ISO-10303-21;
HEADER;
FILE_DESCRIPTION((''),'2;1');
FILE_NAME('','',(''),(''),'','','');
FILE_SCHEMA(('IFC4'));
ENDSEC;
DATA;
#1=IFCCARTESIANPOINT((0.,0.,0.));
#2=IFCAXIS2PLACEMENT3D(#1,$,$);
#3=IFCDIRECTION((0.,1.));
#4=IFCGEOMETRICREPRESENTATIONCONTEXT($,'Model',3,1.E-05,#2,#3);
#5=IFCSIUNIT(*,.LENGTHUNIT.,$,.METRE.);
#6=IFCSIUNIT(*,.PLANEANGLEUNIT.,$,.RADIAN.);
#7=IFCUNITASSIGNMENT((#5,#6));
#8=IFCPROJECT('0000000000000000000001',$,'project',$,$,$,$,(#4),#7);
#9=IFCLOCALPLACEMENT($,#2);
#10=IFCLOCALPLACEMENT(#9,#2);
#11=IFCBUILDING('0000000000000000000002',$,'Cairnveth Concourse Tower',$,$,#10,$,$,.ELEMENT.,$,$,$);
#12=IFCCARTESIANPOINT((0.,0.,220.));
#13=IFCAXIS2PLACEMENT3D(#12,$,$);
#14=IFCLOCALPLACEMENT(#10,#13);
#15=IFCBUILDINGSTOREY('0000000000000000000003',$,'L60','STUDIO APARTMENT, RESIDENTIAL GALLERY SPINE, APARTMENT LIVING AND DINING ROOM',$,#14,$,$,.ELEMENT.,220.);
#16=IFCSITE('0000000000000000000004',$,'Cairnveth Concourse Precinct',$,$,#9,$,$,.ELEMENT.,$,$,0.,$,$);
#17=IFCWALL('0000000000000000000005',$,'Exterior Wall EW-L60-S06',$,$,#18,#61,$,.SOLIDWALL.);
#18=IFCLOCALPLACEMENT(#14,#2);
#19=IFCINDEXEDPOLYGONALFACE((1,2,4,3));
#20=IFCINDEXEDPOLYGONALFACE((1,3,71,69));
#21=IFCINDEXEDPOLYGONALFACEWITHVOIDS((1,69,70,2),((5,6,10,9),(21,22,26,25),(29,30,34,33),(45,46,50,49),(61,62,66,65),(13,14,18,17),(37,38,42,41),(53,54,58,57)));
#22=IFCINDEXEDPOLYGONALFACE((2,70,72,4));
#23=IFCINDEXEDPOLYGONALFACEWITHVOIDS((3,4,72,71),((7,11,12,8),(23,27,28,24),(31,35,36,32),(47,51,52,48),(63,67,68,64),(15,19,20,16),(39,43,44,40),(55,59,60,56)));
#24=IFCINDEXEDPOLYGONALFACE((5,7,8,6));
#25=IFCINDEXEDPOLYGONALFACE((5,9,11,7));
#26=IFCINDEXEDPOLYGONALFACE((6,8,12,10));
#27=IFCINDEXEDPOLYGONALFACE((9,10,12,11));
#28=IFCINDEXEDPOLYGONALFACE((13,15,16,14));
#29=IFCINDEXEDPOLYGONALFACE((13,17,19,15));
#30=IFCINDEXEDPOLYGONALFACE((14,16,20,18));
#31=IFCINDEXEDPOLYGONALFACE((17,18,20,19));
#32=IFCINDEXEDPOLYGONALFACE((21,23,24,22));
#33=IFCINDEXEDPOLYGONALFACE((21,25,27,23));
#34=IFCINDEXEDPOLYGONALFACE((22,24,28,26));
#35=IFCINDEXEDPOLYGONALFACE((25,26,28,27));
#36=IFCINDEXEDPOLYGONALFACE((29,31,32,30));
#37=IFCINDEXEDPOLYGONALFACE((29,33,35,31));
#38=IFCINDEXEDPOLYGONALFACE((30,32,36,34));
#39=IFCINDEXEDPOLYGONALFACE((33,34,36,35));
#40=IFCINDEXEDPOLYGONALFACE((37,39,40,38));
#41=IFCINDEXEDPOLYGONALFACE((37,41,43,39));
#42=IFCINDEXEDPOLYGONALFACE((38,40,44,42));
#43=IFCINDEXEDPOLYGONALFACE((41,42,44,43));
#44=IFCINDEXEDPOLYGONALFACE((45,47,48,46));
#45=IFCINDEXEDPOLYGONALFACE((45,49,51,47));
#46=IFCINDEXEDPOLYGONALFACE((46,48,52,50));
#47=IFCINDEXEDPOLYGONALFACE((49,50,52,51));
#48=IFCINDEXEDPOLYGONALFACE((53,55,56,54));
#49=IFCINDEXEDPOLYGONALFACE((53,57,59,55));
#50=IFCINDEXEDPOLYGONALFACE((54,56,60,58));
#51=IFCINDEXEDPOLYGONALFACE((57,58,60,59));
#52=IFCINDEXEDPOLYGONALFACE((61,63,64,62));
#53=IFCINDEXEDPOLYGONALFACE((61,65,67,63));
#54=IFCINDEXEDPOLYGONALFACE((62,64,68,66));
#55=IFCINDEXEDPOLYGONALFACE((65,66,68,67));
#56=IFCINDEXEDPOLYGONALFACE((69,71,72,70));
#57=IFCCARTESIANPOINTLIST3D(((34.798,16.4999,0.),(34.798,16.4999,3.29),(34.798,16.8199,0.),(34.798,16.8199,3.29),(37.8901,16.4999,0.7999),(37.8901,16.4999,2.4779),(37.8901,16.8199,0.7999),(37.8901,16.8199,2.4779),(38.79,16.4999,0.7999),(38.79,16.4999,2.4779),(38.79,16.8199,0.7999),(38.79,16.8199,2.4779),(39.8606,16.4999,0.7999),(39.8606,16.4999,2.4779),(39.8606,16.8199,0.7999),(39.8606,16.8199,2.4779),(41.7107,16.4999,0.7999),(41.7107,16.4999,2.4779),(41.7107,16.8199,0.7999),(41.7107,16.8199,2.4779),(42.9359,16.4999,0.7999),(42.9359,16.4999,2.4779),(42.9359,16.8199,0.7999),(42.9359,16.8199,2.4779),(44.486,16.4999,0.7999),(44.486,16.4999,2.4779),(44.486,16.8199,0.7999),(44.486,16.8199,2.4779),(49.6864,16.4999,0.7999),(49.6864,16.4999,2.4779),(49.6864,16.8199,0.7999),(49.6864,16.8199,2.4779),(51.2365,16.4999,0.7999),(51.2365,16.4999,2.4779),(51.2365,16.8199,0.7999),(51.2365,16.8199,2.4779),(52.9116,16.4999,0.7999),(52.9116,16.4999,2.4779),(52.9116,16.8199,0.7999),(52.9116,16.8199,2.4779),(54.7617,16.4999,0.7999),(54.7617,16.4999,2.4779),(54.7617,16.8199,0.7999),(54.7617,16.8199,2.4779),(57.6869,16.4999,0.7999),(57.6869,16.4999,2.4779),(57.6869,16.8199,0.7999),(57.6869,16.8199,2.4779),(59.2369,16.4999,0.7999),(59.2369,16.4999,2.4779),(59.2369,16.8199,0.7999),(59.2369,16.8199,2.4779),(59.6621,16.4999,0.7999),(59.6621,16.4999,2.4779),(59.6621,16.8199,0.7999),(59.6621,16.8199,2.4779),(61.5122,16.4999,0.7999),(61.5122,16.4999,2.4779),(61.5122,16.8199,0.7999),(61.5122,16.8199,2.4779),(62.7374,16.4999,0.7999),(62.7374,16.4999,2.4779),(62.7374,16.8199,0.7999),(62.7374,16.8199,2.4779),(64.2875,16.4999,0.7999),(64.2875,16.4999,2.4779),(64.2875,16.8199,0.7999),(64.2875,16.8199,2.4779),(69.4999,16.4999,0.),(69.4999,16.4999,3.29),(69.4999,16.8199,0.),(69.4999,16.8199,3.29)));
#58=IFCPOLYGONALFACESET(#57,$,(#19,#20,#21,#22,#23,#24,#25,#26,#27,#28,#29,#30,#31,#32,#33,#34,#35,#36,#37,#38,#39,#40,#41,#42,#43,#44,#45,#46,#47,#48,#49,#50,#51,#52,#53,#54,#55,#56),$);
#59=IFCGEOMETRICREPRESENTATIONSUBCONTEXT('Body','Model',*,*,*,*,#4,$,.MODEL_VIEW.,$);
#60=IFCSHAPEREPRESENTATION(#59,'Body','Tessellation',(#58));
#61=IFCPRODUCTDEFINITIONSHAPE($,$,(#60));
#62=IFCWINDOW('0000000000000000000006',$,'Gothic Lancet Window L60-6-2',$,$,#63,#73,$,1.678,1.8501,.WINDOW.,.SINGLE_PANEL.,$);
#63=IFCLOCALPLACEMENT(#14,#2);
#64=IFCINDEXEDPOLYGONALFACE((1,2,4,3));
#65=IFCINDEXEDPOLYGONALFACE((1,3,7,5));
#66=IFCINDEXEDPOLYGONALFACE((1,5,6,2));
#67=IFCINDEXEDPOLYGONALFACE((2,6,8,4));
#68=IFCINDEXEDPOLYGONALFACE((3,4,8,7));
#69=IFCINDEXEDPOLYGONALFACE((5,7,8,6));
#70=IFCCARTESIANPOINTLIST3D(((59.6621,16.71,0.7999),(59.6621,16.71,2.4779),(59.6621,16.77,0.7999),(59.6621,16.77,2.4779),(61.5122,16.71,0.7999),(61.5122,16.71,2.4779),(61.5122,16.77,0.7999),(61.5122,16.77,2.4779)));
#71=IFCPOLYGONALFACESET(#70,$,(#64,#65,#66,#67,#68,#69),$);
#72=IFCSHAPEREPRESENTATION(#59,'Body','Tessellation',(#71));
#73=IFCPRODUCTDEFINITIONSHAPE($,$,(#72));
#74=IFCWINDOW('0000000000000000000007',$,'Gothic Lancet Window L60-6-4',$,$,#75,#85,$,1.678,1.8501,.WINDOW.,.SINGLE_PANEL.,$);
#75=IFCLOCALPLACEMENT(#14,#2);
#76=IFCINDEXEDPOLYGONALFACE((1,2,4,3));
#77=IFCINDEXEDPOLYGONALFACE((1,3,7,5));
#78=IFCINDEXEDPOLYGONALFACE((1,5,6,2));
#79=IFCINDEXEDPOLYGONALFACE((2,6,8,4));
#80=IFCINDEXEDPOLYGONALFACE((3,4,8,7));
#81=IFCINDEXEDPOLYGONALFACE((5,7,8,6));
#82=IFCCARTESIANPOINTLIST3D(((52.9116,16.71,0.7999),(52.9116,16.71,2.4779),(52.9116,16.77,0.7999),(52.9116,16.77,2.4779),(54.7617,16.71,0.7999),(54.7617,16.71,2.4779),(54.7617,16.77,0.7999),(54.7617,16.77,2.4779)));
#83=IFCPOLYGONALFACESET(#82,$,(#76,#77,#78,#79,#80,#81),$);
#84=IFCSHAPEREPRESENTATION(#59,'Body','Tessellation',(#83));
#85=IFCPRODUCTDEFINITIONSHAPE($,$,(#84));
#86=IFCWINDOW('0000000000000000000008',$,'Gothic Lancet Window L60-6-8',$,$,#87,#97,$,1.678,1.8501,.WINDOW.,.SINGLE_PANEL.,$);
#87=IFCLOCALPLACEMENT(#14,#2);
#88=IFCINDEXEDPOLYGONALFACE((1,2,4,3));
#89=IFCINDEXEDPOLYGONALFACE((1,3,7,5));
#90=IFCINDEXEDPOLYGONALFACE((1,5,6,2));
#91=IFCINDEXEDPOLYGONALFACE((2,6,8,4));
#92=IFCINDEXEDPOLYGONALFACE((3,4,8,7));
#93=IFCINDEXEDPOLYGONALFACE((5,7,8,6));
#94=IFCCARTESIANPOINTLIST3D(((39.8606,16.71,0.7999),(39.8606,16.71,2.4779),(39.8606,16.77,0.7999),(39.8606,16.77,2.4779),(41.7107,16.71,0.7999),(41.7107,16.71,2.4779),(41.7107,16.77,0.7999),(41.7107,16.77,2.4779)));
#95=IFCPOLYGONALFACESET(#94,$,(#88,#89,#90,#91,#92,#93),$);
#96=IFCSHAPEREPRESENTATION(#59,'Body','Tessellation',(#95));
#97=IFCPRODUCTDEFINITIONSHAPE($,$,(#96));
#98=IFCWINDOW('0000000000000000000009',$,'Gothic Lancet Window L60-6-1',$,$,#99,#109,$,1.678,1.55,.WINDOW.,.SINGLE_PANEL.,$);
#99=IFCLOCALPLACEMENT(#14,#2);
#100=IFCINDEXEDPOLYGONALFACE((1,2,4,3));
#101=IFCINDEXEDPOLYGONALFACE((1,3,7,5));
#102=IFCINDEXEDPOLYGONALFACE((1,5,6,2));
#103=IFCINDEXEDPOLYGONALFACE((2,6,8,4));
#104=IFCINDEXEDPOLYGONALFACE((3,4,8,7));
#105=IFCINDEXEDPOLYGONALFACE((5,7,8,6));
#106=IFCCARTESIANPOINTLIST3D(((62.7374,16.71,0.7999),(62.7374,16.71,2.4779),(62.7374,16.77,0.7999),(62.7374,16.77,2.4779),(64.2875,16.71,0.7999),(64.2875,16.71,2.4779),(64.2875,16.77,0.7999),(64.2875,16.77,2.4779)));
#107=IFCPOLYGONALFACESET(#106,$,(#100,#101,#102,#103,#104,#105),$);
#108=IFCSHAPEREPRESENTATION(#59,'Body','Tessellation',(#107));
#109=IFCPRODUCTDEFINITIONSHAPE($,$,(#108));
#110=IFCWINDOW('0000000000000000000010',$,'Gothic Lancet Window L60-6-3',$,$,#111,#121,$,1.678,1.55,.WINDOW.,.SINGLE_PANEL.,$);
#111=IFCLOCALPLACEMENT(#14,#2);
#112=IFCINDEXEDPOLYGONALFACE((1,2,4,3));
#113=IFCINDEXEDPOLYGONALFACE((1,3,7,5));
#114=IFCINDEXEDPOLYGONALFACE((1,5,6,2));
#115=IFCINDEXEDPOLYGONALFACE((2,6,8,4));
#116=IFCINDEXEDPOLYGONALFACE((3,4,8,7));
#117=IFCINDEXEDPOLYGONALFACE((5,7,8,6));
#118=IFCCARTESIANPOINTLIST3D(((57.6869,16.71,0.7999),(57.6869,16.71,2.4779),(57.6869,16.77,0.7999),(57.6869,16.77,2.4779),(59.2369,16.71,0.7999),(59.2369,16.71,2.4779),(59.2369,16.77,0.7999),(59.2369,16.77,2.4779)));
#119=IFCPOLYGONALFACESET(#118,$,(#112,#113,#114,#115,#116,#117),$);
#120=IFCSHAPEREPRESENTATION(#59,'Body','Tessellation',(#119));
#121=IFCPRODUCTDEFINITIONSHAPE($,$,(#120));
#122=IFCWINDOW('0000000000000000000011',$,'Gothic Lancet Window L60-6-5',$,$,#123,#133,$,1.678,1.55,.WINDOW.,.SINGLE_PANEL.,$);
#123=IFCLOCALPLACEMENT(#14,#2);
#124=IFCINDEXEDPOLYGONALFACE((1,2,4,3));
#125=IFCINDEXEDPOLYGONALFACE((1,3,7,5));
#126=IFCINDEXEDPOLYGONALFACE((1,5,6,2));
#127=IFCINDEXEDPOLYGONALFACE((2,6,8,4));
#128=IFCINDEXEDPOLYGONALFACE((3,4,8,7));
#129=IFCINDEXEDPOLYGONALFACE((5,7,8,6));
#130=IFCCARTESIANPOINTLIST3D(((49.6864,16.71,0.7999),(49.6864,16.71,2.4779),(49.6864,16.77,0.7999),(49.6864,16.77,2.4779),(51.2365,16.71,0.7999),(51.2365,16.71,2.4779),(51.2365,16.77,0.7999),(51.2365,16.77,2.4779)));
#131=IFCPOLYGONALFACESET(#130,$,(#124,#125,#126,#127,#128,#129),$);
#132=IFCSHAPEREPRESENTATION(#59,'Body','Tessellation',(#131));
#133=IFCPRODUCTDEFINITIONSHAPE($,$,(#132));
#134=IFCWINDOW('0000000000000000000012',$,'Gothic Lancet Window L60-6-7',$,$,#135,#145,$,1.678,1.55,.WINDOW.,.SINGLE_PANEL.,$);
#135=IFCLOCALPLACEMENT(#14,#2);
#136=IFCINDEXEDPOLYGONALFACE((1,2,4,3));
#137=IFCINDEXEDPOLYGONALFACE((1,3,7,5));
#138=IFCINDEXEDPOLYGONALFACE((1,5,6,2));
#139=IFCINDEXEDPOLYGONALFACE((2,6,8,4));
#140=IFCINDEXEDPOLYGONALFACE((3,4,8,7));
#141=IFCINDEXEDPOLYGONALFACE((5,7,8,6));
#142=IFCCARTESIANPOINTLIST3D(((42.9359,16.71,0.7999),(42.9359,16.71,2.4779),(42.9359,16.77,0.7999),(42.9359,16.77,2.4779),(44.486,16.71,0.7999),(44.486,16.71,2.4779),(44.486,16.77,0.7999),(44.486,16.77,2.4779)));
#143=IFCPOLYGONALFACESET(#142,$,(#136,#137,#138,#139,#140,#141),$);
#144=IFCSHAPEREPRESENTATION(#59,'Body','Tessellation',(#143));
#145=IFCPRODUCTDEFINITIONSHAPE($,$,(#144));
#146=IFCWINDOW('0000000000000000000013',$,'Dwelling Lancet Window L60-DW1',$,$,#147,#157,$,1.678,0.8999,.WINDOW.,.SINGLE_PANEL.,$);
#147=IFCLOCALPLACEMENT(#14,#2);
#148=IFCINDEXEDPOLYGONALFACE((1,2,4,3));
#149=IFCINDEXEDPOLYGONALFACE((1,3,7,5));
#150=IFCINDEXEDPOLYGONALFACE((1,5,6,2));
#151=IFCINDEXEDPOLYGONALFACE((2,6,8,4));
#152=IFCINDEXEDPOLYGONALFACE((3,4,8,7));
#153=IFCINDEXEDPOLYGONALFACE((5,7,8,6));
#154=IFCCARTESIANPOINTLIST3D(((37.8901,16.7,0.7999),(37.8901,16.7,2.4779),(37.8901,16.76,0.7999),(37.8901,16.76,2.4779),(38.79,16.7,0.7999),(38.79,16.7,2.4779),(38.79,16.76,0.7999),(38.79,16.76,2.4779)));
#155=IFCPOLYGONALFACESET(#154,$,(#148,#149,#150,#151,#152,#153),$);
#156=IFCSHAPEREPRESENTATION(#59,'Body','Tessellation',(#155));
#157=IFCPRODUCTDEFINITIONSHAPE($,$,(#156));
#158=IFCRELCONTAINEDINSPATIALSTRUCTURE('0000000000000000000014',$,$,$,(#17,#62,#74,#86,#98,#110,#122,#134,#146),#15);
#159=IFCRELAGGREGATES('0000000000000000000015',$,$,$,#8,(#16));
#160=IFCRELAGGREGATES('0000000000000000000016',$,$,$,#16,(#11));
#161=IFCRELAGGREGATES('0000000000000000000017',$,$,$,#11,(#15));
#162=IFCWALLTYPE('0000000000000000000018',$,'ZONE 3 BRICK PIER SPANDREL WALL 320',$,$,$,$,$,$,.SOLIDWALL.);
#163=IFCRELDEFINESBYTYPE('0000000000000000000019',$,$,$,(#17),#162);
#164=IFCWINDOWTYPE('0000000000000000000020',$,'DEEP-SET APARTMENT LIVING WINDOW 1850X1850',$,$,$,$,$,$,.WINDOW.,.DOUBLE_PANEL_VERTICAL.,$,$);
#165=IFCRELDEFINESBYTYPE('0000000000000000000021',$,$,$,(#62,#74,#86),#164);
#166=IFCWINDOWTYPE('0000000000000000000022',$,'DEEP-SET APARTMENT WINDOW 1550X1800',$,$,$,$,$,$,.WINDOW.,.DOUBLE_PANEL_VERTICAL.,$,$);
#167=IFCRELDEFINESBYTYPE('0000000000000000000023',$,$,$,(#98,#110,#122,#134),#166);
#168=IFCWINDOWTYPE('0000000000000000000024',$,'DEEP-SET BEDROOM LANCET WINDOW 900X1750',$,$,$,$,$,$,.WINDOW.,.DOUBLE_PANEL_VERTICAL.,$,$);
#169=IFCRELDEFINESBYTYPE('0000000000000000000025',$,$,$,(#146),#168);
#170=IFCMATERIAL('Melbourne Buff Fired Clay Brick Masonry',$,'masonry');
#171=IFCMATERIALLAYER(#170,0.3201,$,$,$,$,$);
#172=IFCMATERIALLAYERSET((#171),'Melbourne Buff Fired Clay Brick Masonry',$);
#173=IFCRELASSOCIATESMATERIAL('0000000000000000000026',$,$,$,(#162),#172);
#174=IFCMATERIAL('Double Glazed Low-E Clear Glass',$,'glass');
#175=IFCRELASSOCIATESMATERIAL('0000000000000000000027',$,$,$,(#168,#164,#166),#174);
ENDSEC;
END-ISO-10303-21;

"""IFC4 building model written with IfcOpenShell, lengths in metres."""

from ifc_helpers import new_model, si_unit, direction, frame, frame_2d, origin, place, context, subcontext, project, spatial, rectangle, extrude, material, layer, layer_set, type_object, element, fill, save


model = new_model("IFC4")

# Units and contexts
model_context = context("Model", 3, precision=1e-05, world=origin(), true_north=direction((0.0, 1.0)))
body_context = subcontext(model_context, "Body", "Model", "MODEL_VIEW")
ifc_project = project(units=[si_unit("LENGTHUNIT", "METRE"), si_unit("PLANEANGLEUNIT", "RADIAN")], contexts=[model_context])

# Site, building, storey
site_placement = place(None, origin())
site = spatial("IfcSite", under=ifc_project, at=site_placement, Name="Cairnveth Concourse Precinct", CompositionType="ELEMENT", RefElevation=0.0)
building_placement = place(site_placement, origin())
building = spatial("IfcBuilding", under=site, at=building_placement, Name="Cairnveth Concourse Tower", CompositionType="ELEMENT")
storey_placement = place(building_placement, frame((0.0, 0.0, 220.0)))
storey = spatial("IfcBuildingStorey", under=building, at=storey_placement, Name="L60", Description="STUDIO APARTMENT, RESIDENTIAL GALLERY SPINE, APARTMENT LIVING AND DINING ROOM", CompositionType="ELEMENT", Elevation=220.0)

# Shared definitions
ifc_material_1 = material(Name="Melbourne Buff Fired Clay Brick Masonry", Category="masonry")
ifc_layer_1 = layer(ifc_material_1, 0.3201)
ifc_layer_set_1 = layer_set([ifc_layer_1], Name="Melbourne Buff Fired Clay Brick Masonry")
wall_type_1 = type_object("IfcWallType", Name="ZONE 3 BRICK PIER SPANDREL WALL 320", PredefinedType="SOLIDWALL", material=ifc_layer_set_1)
ifc_material_2 = material(Name="Double Glazed Low-E Clear Glass", Category="glass")
window_type_1 = type_object("IfcWindowType", Name="DEEP-SET BEDROOM LANCET WINDOW 900X1750", PartitioningType="DOUBLE_PANEL_VERTICAL", PredefinedType="WINDOW", material=ifc_material_2)

# Wall, openings, windows
wall_1_placement = place(storey_placement, frame((69.5, 16.6599, 0.0), z_axis=(0.0, 0.0, 1.0), x_axis=(-1.0, 0.0, 0.0)))
wall_1 = element("IfcWall", 1, at=wall_1_placement, inside=storey, type_object=wall_type_1, Name="Exterior Wall EW-L60-S06", PredefinedType="SOLIDWALL", context=body_context, shape_type="SweptSolid", body=[
    extrude(rectangle(XDim=34.7019, YDim=0.3201, at=frame_2d((17.3511, 0.0))), origin(), (0.0, 0.0, 1.0), 3.29),
])
opening_1_placement = place(wall_1_placement, frame((5.2126, 0.0, 0.8)))
opening_1 = element("IfcOpeningElement", 2, at=opening_1_placement, cuts=wall_1, PredefinedType="OPENING", context=body_context, shape_type="SweptSolid", body=[
    extrude(rectangle(XDim=1.55, YDim=1.678, at=frame_2d((0.7749, 0.8389))), frame((0.0, 0.1699, 0.0), z_axis=(0.0, -1.0, 0.0), x_axis=(1.0, 0.0, 0.0)), (0.0, 0.0, 1.0), 0.3401),
])
opening_2_placement = place(wall_1_placement, frame((7.9878, 0.0, 0.8)))
opening_2 = element("IfcOpeningElement", 3, at=opening_2_placement, cuts=wall_1, PredefinedType="OPENING", context=body_context, shape_type="SweptSolid", body=[
    extrude(rectangle(XDim=1.8501, YDim=1.678, at=frame_2d((0.925, 0.8389))), frame((0.0, 0.1699, 0.0), z_axis=(0.0, -1.0, 0.0), x_axis=(1.0, 0.0, 0.0)), (0.0, 0.0, 1.0), 0.3401),
])
opening_3_placement = place(wall_1_placement, frame((10.2632, 0.0, 0.8)))
opening_3 = element("IfcOpeningElement", 4, at=opening_3_placement, cuts=wall_1, PredefinedType="OPENING", context=body_context, shape_type="SweptSolid", body=[
    extrude(rectangle(XDim=1.55, YDim=1.678, at=frame_2d((0.7749, 0.8389))), frame((0.0, 0.1699, 0.0), z_axis=(0.0, -1.0, 0.0), x_axis=(1.0, 0.0, 0.0)), (0.0, 0.0, 1.0), 0.3401),
])
opening_4_placement = place(wall_1_placement, frame((14.7383, 0.0, 0.8)))
opening_4 = element("IfcOpeningElement", 5, at=opening_4_placement, cuts=wall_1, PredefinedType="OPENING", context=body_context, shape_type="SweptSolid", body=[
    extrude(rectangle(XDim=1.8501, YDim=1.678, at=frame_2d((0.925, 0.8389))), frame((0.0, 0.1699, 0.0), z_axis=(0.0, -1.0, 0.0), x_axis=(1.0, 0.0, 0.0)), (0.0, 0.0, 1.0), 0.3401),
])
opening_5_placement = place(wall_1_placement, frame((18.2637, 0.0, 0.8)))
opening_5 = element("IfcOpeningElement", 6, at=opening_5_placement, cuts=wall_1, PredefinedType="OPENING", context=body_context, shape_type="SweptSolid", body=[
    extrude(rectangle(XDim=1.55, YDim=1.678, at=frame_2d((0.7749, 0.8389))), frame((0.0, 0.1699, 0.0), z_axis=(0.0, -1.0, 0.0), x_axis=(1.0, 0.0, 0.0)), (0.0, 0.0, 1.0), 0.3401),
])
opening_6_placement = place(wall_1_placement, frame((25.0142, 0.0, 0.8)))
opening_6 = element("IfcOpeningElement", 7, at=opening_6_placement, cuts=wall_1, PredefinedType="OPENING", context=body_context, shape_type="SweptSolid", body=[
    extrude(rectangle(XDim=1.55, YDim=1.678, at=frame_2d((0.7749, 0.8389))), frame((0.0, 0.1699, 0.0), z_axis=(0.0, -1.0, 0.0), x_axis=(1.0, 0.0, 0.0)), (0.0, 0.0, 1.0), 0.3401),
])
opening_7_placement = place(wall_1_placement, frame((27.7893, 0.0, 0.8)))
opening_7 = element("IfcOpeningElement", 8, at=opening_7_placement, cuts=wall_1, PredefinedType="OPENING", context=body_context, shape_type="SweptSolid", body=[
    extrude(rectangle(XDim=1.8501, YDim=1.678, at=frame_2d((0.925, 0.8389))), frame((0.0, 0.1699, 0.0), z_axis=(0.0, -1.0, 0.0), x_axis=(1.0, 0.0, 0.0)), (0.0, 0.0, 1.0), 0.3401),
])
opening_8_placement = place(wall_1_placement, frame((30.71, 0.0, 0.8)))
opening_8 = element("IfcOpeningElement", 9, at=opening_8_placement, cuts=wall_1, PredefinedType="OPENING", context=body_context, shape_type="SweptSolid", body=[
    extrude(rectangle(XDim=0.8999, YDim=1.678, at=frame_2d((0.45, 0.8389))), frame((0.0, 0.1699, 0.0), z_axis=(0.0, -1.0, 0.0), x_axis=(1.0, 0.0, 0.0)), (0.0, 0.0, 1.0), 0.3401),
])
window_type_2 = type_object("IfcWindowType", Name="DEEP-SET APARTMENT LIVING WINDOW 1850X1850", PartitioningType="DOUBLE_PANEL_VERTICAL", PredefinedType="WINDOW", material=ifc_material_2)
window_1_placement = place(opening_2_placement, origin())
window_1 = element("IfcWindow", 10, at=window_1_placement, inside=storey, type_object=window_type_2, Name="Gothic Lancet Window L60-6-2", OverallHeight=1.678, OverallWidth=1.8501, PartitioningType="SINGLE_PANEL", PredefinedType="WINDOW", context=body_context, shape_type="SweptSolid", body=[
    extrude(rectangle(XDim=1.8501, YDim=1.678, at=frame_2d((0.925, 0.8389))), frame((0.0, -0.05, 0.0), z_axis=(0.0, -1.0, 0.0), x_axis=(1.0, 0.0, 0.0)), (0.0, 0.0, 1.0), 0.0601),
])
fill(opening_2, window_1)
window_2_placement = place(opening_4_placement, origin())
window_2 = element("IfcWindow", 11, at=window_2_placement, inside=storey, type_object=window_type_2, Name="Gothic Lancet Window L60-6-4", OverallHeight=1.678, OverallWidth=1.8501, PartitioningType="SINGLE_PANEL", PredefinedType="WINDOW", context=body_context, shape_type="SweptSolid", body=[
    extrude(rectangle(XDim=1.8501, YDim=1.678, at=frame_2d((0.925, 0.8389))), frame((0.0, -0.05, 0.0), z_axis=(0.0, -1.0, 0.0), x_axis=(1.0, 0.0, 0.0)), (0.0, 0.0, 1.0), 0.0601),
])
fill(opening_4, window_2)
window_3_placement = place(opening_7_placement, origin())
window_3 = element("IfcWindow", 12, at=window_3_placement, inside=storey, type_object=window_type_2, Name="Gothic Lancet Window L60-6-8", OverallHeight=1.678, OverallWidth=1.8501, PartitioningType="SINGLE_PANEL", PredefinedType="WINDOW", context=body_context, shape_type="SweptSolid", body=[
    extrude(rectangle(XDim=1.8501, YDim=1.678, at=frame_2d((0.925, 0.8389))), frame((0.0, -0.05, 0.0), z_axis=(0.0, -1.0, 0.0), x_axis=(1.0, 0.0, 0.0)), (0.0, 0.0, 1.0), 0.0601),
])
fill(opening_7, window_3)
window_type_3 = type_object("IfcWindowType", Name="DEEP-SET APARTMENT WINDOW 1550X1800", PartitioningType="DOUBLE_PANEL_VERTICAL", PredefinedType="WINDOW", material=ifc_material_2)
window_4_placement = place(opening_1_placement, origin())
window_4 = element("IfcWindow", 13, at=window_4_placement, inside=storey, type_object=window_type_3, Name="Gothic Lancet Window L60-6-1", OverallHeight=1.678, OverallWidth=1.55, PartitioningType="SINGLE_PANEL", PredefinedType="WINDOW", context=body_context, shape_type="SweptSolid", body=[
    extrude(rectangle(XDim=1.55, YDim=1.678, at=frame_2d((0.7749, 0.8389))), frame((0.0, -0.05, 0.0), z_axis=(0.0, -1.0, 0.0), x_axis=(1.0, 0.0, 0.0)), (0.0, 0.0, 1.0), 0.0601),
])
fill(opening_1, window_4)
window_5_placement = place(opening_3_placement, origin())
window_5 = element("IfcWindow", 14, at=window_5_placement, inside=storey, type_object=window_type_3, Name="Gothic Lancet Window L60-6-3", OverallHeight=1.678, OverallWidth=1.55, PartitioningType="SINGLE_PANEL", PredefinedType="WINDOW", context=body_context, shape_type="SweptSolid", body=[
    extrude(rectangle(XDim=1.55, YDim=1.678, at=frame_2d((0.7749, 0.8389))), frame((0.0, -0.05, 0.0), z_axis=(0.0, -1.0, 0.0), x_axis=(1.0, 0.0, 0.0)), (0.0, 0.0, 1.0), 0.0601),
])
fill(opening_3, window_5)
window_6_placement = place(opening_5_placement, origin())
window_6 = element("IfcWindow", 15, at=window_6_placement, inside=storey, type_object=window_type_3, Name="Gothic Lancet Window L60-6-5", OverallHeight=1.678, OverallWidth=1.55, PartitioningType="SINGLE_PANEL", PredefinedType="WINDOW", context=body_context, shape_type="SweptSolid", body=[
    extrude(rectangle(XDim=1.55, YDim=1.678, at=frame_2d((0.7749, 0.8389))), frame((0.0, -0.05, 0.0), z_axis=(0.0, -1.0, 0.0), x_axis=(1.0, 0.0, 0.0)), (0.0, 0.0, 1.0), 0.0601),
])
fill(opening_5, window_6)
window_7_placement = place(opening_6_placement, origin())
window_7 = element("IfcWindow", 16, at=window_7_placement, inside=storey, type_object=window_type_3, Name="Gothic Lancet Window L60-6-7", OverallHeight=1.678, OverallWidth=1.55, PartitioningType="SINGLE_PANEL", PredefinedType="WINDOW", context=body_context, shape_type="SweptSolid", body=[
    extrude(rectangle(XDim=1.55, YDim=1.678, at=frame_2d((0.7749, 0.8389))), frame((0.0, -0.05, 0.0), z_axis=(0.0, -1.0, 0.0), x_axis=(1.0, 0.0, 0.0)), (0.0, 0.0, 1.0), 0.0601),
])
fill(opening_6, window_7)
window_8_placement = place(opening_8_placement, origin())
window_8 = element("IfcWindow", 17, at=window_8_placement, inside=storey, type_object=window_type_1, Name="Dwelling Lancet Window L60-DW1", OverallHeight=1.678, OverallWidth=0.8999, PartitioningType="SINGLE_PANEL", PredefinedType="WINDOW", context=body_context, shape_type="SweptSolid", body=[
    extrude(rectangle(XDim=0.8999, YDim=1.678, at=frame_2d((0.45, 0.8389))), frame((0.0, -0.04, 0.0), z_axis=(0.0, -1.0, 0.0), x_axis=(1.0, 0.0, 0.0)), (0.0, 0.0, 1.0), 0.0601),
])
fill(opening_8, window_8)

save(model, "model.ifc")
